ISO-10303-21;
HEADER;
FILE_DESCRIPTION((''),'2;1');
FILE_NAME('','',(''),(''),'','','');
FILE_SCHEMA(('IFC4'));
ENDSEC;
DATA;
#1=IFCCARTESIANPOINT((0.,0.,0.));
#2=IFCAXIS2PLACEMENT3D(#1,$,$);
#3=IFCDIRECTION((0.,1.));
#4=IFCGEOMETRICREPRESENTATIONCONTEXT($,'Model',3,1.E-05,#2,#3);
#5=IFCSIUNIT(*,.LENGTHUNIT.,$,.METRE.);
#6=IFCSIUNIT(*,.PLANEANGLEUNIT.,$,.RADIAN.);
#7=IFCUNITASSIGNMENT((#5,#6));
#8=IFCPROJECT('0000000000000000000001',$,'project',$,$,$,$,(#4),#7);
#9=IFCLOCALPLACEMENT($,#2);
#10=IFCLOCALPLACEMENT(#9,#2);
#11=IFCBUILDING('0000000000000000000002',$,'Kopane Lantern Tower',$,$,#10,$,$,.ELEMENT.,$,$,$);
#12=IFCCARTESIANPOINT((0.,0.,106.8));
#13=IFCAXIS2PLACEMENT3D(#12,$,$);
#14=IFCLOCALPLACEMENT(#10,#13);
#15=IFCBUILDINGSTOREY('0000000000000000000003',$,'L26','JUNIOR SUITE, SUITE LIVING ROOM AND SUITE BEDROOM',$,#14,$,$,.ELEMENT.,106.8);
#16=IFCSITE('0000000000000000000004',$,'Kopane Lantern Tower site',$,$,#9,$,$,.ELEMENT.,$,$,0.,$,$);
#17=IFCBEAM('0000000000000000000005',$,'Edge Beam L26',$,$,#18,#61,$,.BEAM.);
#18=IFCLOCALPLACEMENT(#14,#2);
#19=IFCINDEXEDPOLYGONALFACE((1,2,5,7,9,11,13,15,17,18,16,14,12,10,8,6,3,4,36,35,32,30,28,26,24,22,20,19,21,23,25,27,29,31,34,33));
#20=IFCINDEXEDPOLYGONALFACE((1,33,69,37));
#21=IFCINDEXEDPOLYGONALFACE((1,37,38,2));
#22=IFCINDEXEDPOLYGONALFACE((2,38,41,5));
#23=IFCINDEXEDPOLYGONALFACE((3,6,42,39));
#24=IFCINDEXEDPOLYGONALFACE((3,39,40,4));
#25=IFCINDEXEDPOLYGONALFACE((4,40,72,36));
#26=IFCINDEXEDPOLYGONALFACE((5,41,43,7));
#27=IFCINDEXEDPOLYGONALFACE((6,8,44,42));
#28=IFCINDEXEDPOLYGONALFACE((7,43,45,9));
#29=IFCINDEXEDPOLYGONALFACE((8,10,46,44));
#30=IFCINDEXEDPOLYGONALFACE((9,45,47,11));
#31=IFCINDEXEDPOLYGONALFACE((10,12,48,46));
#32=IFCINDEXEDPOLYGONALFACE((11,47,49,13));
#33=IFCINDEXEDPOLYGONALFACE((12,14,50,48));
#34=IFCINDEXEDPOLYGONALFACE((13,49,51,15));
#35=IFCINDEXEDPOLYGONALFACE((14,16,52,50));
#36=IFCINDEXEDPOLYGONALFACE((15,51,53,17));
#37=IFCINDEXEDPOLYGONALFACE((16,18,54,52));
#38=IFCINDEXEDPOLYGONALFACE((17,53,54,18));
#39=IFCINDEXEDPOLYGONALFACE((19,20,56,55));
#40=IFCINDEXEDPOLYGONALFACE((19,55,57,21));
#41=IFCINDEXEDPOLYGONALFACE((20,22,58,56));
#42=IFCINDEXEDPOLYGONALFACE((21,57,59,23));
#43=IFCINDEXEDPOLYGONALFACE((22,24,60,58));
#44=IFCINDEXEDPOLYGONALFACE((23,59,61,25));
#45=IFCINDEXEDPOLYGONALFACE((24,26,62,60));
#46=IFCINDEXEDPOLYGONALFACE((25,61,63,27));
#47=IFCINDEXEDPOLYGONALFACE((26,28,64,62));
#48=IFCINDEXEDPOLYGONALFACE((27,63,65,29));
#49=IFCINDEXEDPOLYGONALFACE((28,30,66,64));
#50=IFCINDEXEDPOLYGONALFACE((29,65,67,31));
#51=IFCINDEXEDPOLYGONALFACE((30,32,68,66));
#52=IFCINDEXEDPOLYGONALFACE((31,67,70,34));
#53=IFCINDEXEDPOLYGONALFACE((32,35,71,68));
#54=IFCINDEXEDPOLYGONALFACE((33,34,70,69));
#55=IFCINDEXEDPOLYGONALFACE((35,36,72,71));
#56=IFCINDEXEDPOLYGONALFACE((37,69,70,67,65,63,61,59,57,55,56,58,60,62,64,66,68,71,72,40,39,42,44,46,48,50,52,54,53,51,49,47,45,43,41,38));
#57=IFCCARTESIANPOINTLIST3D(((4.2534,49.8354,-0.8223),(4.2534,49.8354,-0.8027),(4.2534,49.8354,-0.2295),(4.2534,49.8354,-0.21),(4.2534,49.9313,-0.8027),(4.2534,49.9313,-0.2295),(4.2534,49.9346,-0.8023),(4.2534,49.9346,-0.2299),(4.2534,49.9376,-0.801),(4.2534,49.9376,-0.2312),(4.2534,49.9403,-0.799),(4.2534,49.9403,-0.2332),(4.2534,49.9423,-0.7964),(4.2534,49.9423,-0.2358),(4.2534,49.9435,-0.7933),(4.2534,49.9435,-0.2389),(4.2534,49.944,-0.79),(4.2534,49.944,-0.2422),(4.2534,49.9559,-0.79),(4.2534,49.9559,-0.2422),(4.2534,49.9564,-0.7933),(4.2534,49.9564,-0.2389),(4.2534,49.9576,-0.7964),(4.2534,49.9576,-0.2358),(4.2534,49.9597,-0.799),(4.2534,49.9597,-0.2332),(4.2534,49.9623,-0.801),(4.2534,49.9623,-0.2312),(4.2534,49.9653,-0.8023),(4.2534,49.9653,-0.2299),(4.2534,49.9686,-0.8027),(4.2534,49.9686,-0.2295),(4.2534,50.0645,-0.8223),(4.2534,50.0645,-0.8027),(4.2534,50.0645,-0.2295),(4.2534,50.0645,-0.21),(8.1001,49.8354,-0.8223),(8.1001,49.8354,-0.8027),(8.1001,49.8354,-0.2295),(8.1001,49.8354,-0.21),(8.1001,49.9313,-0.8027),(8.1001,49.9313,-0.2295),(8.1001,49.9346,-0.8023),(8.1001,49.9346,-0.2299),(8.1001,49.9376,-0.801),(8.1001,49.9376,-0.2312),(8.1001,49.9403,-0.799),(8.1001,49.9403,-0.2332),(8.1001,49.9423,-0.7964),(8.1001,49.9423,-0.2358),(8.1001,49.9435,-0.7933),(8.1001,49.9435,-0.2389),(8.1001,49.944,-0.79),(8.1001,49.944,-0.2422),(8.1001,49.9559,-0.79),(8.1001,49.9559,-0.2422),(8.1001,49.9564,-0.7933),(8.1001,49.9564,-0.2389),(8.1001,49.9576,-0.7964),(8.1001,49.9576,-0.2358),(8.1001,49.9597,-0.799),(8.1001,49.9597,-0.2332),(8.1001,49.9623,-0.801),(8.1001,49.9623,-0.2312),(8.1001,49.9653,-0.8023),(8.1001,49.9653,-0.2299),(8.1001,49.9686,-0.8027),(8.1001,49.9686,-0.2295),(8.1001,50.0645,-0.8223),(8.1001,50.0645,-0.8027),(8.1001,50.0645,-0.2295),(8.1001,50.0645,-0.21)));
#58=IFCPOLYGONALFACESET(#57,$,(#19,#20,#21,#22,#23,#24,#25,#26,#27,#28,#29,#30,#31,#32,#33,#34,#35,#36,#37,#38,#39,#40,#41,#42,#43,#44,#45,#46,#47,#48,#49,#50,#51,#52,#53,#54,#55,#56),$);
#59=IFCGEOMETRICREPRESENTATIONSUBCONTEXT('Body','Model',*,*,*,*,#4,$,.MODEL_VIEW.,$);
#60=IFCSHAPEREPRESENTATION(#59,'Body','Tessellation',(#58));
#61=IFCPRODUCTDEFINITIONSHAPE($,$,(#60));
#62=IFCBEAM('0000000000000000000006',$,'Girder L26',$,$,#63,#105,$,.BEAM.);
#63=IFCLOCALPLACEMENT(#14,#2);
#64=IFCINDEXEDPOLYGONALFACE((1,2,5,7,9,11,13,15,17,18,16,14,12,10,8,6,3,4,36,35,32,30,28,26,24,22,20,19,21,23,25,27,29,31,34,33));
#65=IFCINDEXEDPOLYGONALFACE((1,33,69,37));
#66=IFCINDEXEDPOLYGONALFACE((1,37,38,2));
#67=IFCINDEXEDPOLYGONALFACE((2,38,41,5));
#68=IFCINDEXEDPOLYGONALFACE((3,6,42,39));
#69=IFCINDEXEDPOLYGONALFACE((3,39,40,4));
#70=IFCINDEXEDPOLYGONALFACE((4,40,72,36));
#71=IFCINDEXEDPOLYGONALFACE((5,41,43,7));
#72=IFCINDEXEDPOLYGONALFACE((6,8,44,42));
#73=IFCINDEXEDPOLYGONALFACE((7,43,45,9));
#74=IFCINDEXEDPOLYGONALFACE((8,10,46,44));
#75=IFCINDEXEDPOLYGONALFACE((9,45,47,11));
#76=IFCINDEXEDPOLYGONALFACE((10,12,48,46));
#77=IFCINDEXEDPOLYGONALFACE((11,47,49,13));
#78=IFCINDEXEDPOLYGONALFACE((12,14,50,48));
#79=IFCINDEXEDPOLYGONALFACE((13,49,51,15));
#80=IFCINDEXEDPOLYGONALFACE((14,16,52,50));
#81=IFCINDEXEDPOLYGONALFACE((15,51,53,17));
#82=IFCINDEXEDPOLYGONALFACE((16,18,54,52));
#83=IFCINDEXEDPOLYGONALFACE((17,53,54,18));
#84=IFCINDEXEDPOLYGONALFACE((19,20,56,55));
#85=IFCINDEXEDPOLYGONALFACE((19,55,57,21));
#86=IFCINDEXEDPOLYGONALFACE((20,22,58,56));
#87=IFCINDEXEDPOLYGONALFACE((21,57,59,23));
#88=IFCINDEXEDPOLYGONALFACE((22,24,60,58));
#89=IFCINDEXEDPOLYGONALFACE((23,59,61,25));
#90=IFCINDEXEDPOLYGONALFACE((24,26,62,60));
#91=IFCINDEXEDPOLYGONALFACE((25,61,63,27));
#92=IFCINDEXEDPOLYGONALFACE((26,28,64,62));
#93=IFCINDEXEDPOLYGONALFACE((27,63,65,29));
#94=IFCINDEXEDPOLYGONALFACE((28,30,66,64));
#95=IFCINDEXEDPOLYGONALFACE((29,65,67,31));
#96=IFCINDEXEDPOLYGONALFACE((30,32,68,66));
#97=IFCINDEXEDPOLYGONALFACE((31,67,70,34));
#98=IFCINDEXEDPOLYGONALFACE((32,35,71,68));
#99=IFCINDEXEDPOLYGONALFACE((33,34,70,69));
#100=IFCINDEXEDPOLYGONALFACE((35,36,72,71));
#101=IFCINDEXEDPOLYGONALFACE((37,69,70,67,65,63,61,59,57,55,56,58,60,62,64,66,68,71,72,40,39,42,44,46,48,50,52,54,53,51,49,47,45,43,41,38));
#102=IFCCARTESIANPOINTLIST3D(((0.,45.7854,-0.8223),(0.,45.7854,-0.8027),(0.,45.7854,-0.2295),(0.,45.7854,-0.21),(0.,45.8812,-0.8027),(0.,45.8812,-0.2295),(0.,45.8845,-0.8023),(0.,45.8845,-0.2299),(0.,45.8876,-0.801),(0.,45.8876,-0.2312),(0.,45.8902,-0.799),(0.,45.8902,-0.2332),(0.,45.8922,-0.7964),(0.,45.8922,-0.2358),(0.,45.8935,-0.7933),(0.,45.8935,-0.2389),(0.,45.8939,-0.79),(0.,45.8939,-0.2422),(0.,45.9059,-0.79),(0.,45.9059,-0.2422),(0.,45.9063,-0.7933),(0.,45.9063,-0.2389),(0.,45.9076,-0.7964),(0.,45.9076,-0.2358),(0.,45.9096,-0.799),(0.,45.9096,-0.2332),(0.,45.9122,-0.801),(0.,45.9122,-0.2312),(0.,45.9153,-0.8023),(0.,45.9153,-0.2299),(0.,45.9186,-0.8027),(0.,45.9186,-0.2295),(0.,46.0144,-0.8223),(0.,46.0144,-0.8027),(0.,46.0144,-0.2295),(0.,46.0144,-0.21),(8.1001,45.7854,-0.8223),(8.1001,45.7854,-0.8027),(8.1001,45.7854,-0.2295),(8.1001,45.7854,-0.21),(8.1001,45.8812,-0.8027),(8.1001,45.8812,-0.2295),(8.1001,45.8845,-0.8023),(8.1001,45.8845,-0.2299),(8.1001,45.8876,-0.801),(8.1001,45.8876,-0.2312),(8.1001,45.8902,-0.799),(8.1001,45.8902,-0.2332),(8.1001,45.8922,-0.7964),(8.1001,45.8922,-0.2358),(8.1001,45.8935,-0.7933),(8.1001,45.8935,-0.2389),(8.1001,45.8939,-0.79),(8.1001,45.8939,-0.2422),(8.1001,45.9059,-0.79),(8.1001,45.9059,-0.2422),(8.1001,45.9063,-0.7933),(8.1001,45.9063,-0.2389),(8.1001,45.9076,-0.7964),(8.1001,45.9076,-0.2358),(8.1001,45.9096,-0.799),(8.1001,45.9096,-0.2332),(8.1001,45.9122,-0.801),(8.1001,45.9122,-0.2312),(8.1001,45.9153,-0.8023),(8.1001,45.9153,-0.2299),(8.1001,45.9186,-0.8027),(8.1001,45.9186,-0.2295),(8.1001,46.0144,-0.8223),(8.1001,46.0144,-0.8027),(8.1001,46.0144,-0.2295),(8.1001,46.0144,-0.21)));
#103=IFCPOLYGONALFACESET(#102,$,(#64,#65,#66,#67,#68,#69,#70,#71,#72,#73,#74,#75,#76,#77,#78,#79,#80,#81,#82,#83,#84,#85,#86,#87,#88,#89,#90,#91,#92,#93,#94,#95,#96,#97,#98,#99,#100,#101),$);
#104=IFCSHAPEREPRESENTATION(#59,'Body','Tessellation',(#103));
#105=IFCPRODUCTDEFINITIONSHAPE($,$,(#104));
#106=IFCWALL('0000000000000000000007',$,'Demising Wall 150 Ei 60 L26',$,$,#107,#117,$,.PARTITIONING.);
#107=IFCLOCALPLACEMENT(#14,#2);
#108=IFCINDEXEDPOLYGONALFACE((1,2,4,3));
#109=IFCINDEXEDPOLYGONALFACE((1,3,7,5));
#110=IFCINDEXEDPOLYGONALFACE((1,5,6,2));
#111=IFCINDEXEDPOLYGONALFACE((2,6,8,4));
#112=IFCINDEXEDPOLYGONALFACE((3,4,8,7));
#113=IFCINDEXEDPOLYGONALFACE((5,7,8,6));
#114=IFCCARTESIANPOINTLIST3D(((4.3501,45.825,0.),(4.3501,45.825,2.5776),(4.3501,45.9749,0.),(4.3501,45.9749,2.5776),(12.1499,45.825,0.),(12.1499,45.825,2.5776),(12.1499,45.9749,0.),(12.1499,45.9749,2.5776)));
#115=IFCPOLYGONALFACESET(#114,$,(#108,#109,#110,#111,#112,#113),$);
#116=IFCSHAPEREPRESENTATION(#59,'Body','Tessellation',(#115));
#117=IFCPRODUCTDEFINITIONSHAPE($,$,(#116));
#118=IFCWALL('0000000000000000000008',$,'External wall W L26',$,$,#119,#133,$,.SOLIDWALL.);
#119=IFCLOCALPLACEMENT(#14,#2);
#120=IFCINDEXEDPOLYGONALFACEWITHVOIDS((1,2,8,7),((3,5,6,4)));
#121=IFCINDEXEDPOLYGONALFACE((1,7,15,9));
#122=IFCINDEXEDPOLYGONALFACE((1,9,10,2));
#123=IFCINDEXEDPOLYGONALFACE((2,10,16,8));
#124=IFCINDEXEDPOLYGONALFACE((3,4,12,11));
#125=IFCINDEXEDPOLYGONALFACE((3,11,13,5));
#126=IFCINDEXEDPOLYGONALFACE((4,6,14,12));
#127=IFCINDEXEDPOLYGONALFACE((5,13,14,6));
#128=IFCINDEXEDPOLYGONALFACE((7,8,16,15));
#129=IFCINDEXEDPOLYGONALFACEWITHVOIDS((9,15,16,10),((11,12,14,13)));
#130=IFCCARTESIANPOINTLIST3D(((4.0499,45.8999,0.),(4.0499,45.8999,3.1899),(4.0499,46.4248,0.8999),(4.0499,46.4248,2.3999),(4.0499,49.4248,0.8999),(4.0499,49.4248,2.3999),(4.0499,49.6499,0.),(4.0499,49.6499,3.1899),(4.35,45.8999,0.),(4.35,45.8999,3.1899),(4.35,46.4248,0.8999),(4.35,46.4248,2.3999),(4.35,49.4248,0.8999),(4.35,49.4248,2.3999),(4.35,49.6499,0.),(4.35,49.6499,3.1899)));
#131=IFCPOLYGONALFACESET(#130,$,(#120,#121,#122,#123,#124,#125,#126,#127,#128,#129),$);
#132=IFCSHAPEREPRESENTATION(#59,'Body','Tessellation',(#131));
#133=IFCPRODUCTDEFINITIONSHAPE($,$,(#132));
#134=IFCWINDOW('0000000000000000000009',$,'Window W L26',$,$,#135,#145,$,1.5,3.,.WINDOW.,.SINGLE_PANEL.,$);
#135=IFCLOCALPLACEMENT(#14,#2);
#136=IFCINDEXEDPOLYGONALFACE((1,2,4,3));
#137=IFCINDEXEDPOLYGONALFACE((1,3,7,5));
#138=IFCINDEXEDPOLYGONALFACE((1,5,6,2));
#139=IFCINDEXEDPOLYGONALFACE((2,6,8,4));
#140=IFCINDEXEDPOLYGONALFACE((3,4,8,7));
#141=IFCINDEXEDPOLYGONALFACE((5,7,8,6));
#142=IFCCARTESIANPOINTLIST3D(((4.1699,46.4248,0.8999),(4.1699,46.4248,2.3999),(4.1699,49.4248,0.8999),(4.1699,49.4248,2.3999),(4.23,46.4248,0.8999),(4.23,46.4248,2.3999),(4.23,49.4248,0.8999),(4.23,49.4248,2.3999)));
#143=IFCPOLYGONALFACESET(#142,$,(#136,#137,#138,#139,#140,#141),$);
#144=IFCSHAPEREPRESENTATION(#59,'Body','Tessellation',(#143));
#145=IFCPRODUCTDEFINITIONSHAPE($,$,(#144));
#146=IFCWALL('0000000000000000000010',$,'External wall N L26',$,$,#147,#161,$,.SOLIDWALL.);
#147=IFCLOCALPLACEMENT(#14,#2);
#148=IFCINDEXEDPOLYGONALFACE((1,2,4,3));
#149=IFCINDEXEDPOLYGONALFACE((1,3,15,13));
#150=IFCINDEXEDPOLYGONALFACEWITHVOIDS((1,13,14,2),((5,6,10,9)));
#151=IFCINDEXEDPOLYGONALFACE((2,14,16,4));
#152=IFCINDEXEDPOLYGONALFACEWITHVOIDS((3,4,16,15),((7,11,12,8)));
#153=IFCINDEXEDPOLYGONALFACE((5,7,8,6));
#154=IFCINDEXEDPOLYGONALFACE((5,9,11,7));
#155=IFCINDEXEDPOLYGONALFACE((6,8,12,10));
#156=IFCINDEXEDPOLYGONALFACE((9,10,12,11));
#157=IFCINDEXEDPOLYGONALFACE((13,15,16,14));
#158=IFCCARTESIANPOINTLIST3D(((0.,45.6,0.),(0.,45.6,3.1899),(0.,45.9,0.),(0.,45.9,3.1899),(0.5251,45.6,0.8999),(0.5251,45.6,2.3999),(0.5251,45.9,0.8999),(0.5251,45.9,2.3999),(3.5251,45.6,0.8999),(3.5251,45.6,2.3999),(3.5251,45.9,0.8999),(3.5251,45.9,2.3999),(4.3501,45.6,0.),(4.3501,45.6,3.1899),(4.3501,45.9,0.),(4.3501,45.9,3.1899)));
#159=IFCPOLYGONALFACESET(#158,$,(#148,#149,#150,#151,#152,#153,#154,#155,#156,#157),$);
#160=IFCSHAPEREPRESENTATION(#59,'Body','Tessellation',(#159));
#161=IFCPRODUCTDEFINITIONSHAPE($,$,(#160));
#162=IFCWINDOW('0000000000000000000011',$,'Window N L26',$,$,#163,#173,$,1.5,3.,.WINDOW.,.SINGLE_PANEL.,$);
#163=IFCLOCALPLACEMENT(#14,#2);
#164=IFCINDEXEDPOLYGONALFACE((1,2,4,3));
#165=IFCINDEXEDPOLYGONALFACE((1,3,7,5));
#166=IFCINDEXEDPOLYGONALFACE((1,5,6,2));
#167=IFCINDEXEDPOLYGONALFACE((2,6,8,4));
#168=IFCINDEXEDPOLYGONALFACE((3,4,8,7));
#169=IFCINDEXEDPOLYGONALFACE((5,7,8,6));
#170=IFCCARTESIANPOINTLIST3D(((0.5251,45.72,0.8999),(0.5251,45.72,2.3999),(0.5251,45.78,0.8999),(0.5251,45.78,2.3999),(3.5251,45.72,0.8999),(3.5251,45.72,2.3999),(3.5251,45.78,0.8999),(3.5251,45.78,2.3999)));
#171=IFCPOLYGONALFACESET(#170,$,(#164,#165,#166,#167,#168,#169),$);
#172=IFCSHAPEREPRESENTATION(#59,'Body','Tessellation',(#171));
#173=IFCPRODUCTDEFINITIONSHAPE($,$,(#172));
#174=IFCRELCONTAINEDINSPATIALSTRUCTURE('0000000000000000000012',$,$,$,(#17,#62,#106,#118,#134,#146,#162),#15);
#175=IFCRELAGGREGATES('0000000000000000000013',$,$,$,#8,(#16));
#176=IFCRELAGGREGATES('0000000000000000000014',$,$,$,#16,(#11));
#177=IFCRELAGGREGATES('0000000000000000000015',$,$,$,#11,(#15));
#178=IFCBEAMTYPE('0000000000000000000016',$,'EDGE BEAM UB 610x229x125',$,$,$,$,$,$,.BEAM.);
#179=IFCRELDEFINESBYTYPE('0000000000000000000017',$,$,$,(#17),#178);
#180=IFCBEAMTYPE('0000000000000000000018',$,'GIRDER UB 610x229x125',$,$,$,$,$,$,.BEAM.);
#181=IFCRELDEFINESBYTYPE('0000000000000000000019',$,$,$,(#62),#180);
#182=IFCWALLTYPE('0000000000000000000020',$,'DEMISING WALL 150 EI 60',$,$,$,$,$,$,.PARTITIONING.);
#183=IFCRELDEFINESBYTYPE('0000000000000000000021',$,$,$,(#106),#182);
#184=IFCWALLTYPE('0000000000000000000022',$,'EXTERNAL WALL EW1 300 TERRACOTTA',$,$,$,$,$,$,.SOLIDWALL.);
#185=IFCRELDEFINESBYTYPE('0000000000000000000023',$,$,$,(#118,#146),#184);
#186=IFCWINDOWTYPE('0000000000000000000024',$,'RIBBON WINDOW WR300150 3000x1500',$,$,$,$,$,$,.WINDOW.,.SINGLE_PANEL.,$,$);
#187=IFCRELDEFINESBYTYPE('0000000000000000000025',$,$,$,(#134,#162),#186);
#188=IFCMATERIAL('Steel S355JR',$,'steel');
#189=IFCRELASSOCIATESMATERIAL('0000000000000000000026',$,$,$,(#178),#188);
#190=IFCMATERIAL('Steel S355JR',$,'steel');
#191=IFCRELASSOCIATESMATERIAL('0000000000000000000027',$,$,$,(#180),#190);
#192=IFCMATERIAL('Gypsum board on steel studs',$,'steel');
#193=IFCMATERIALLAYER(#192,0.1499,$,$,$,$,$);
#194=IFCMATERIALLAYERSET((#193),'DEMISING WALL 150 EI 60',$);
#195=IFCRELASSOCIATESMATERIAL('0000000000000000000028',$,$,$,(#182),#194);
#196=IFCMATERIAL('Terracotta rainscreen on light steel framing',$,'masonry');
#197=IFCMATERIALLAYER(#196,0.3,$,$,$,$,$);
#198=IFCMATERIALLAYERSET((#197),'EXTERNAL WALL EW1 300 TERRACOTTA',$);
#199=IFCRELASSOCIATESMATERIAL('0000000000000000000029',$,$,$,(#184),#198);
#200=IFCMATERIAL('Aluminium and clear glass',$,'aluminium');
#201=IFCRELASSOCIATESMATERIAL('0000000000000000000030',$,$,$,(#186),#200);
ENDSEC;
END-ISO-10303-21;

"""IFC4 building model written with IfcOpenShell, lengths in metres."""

from ifc_helpers import new_model, si_unit, direction, frame, frame_2d, origin, origin_2d, place, context, subcontext, project, spatial, rectangle, i_section, extrude, material, layer, layer_set, material_profile, profile_set, type_object, element, fill, save


model = new_model("IFC4")

# Units and contexts
model_context = context("Model", 3, precision=1e-05, world=origin(), true_north=direction((0.0, 1.0)))
body_context = subcontext(model_context, "Body", "Model", "MODEL_VIEW")
ifc_project = project(units=[si_unit("LENGTHUNIT", "METRE"), si_unit("PLANEANGLEUNIT", "RADIAN")], contexts=[model_context])

# Site, building, storey
site_placement = place(None, origin())
site = spatial("IfcSite", under=ifc_project, at=site_placement, Name="Kopane Lantern Tower site", CompositionType="ELEMENT", RefElevation=0.0)
building_placement = place(site_placement, origin())
building = spatial("IfcBuilding", under=site, at=building_placement, Name="Kopane Lantern Tower", CompositionType="ELEMENT")
storey_placement = place(building_placement, frame((0.0, 0.0, 106.8)))
storey = spatial("IfcBuildingStorey", under=building, at=storey_placement, Name="L26", Description="JUNIOR SUITE, SUITE LIVING ROOM AND SUITE BEDROOM", CompositionType="ELEMENT", Elevation=106.8)

# Beams
ifc_material_1 = material(Name="Steel S355JR", Category="steel")
ifc_material_profile_1 = material_profile(ifc_material_1, i_section(OverallWidth=0.229, OverallDepth=0.6123, WebThickness=0.012, FlangeThickness=0.0195, FilletRadius=0.0127, at=origin_2d()), Name="UB 610x229x125")
ifc_profile_set_1 = profile_set([ifc_material_profile_1], Name="Steel S355JR")
beam_type_1 = type_object("IfcBeamType", Name="EDGE BEAM UB 610x229x125", PredefinedType="BEAM", material=ifc_profile_set_1)
for number, where, z_axis, x_axis, name in (
    (1, (4.2534, 49.95, -0.5161), (1.0, 0.0, 0.0), (0.0, 1.0, 0.0), "Edge Beam L26"),
):
    element("IfcBeam", number, at=place(storey_placement, frame(where, z_axis=z_axis, x_axis=x_axis)), inside=storey, type_object=beam_type_1, Name=name, PredefinedType="BEAM", context=body_context, shape_type="SweptSolid", body=[
        extrude(i_section(OverallWidth=0.229, OverallDepth=0.6123, WebThickness=0.012, FlangeThickness=0.0195, FilletRadius=0.0127, at=origin_2d()), origin(), (0.0, 0.0, 1.0), 3.8467),
    ])
ifc_material_2 = material(Name="Steel S355JR", Category="steel")
ifc_material_profile_2 = material_profile(ifc_material_2, i_section(OverallWidth=0.229, OverallDepth=0.6123, WebThickness=0.012, FlangeThickness=0.0195, FilletRadius=0.0127, at=origin_2d()), Name="UB 610x229x125")
ifc_profile_set_2 = profile_set([ifc_material_profile_2], Name="Steel S355JR")
beam_type_2 = type_object("IfcBeamType", Name="GIRDER UB 610x229x125", PredefinedType="BEAM", material=ifc_profile_set_2)
beam_1_placement = place(storey_placement, frame((0.0, 45.8999, -0.5161), z_axis=(1.0, 0.0, 0.0), x_axis=(0.0, 1.0, 0.0)))
element("IfcBeam", 2, at=beam_1_placement, inside=storey, type_object=beam_type_2, Name="Girder L26", PredefinedType="BEAM", context=body_context, shape_type="SweptSolid", body=[
    extrude(i_section(OverallWidth=0.229, OverallDepth=0.6123, WebThickness=0.012, FlangeThickness=0.0195, FilletRadius=0.0127, at=origin_2d()), origin(), (0.0, 0.0, 1.0), 8.1001),
])

# Wall
ifc_material_3 = material(Name="Gypsum board on steel studs", Category="steel")
ifc_layer_1 = layer(ifc_material_3, 0.1499)
ifc_layer_set_1 = layer_set([ifc_layer_1], Name="DEMISING WALL 150 EI 60")
wall_type_1 = type_object("IfcWallType", Name="DEMISING WALL 150 EI 60", PredefinedType="PARTITIONING", material=ifc_layer_set_1)
wall_1_placement = place(storey_placement, frame((4.3501, 45.8999, 0.0), z_axis=(0.0, 0.0, 1.0), x_axis=(1.0, 0.0, 0.0)))
element("IfcWall", 3, at=wall_1_placement, inside=storey, type_object=wall_type_1, Name="Demising Wall 150 Ei 60 L26", PredefinedType="PARTITIONING", context=body_context, shape_type="SweptSolid", body=[
    extrude(rectangle(XDim=7.7998, YDim=0.1499, at=frame_2d((3.8999, 0.0))), origin(), (0.0, 0.0, 1.0), 2.5776),
])

# Walls, openings, windows
ifc_material_4 = material(Name="Terracotta rainscreen on light steel framing", Category="masonry")
ifc_layer_2 = layer(ifc_material_4, 0.3)
ifc_layer_set_2 = layer_set([ifc_layer_2], Name="EXTERNAL WALL EW1 300 TERRACOTTA")
wall_type_2 = type_object("IfcWallType", Name="EXTERNAL WALL EW1 300 TERRACOTTA", PredefinedType="SOLIDWALL", material=ifc_layer_set_2)
wall_2_placement = place(storey_placement, frame((4.2, 49.6499, 0.0), z_axis=(0.0, 0.0, 1.0), x_axis=(0.0, -1.0, 0.0)))
wall_2 = element("IfcWall", 4, at=wall_2_placement, inside=storey, type_object=wall_type_2, Name="External wall W L26", PredefinedType="SOLIDWALL", context=body_context, shape_type="SweptSolid", body=[
    extrude(rectangle(XDim=3.75, YDim=0.3, at=frame_2d((1.875, 0.0))), origin(), (0.0, 0.0, 1.0), 3.1899),
])
opening_1_placement = place(wall_2_placement, frame((0.2251, 0.0, 0.8999)))
opening_1 = element("IfcOpeningElement", 5, at=opening_1_placement, cuts=wall_2, PredefinedType="OPENING", context=body_context, shape_type="SweptSolid", body=[
    extrude(rectangle(XDim=3.0, YDim=1.5, at=frame_2d((1.5, 0.75))), frame((0.0, 0.1599, 0.0), z_axis=(0.0, -1.0, 0.0), x_axis=(1.0, 0.0, 0.0)), (0.0, 0.0, 1.0), 0.3201),
])
ifc_material_5 = material(Name="Aluminium and clear glass", Category="aluminium")
window_type_1 = type_object("IfcWindowType", Name="RIBBON WINDOW WR300150 3000x1500", PartitioningType="SINGLE_PANEL", PredefinedType="WINDOW", material=ifc_material_5)
window_1_placement = place(opening_1_placement, origin())
window_1 = element("IfcWindow", 6, at=window_1_placement, inside=storey, type_object=window_type_1, Name="Window W L26", OverallHeight=1.5, OverallWidth=3.0, PartitioningType="SINGLE_PANEL", PredefinedType="WINDOW", context=body_context, shape_type="SweptSolid", body=[
    extrude(rectangle(XDim=3.0, YDim=1.5, at=frame_2d((1.5, 0.75))), frame((0.0, 0.03, 0.0), z_axis=(0.0, -1.0, 0.0), x_axis=(1.0, 0.0, 0.0)), (0.0, 0.0, 1.0), 0.0601),
])
fill(opening_1, window_1)
wall_3_placement = place(storey_placement, frame((4.3501, 45.75, 0.0), z_axis=(0.0, 0.0, 1.0), x_axis=(-1.0, 0.0, 0.0)))
wall_3 = element("IfcWall", 7, at=wall_3_placement, inside=storey, type_object=wall_type_2, Name="External wall N L26", PredefinedType="SOLIDWALL", context=body_context, shape_type="SweptSolid", body=[
    extrude(rectangle(XDim=4.3501, YDim=0.3, at=frame_2d((2.175, 0.0))), origin(), (0.0, 0.0, 1.0), 3.1899),
])
opening_2_placement = place(wall_3_placement, frame((0.825, 0.0, 0.8999)))
opening_2 = element("IfcOpeningElement", 8, at=opening_2_placement, cuts=wall_3, PredefinedType="OPENING", context=body_context, shape_type="SweptSolid", body=[
    extrude(rectangle(XDim=3.0, YDim=1.5, at=frame_2d((1.5, 0.75))), frame((0.0, 0.1599, 0.0), z_axis=(0.0, -1.0, 0.0), x_axis=(1.0, 0.0, 0.0)), (0.0, 0.0, 1.0), 0.3201),
])
window_2_placement = place(opening_2_placement, origin())
window_2 = element("IfcWindow", 9, at=window_2_placement, inside=storey, type_object=window_type_1, Name="Window N L26", OverallHeight=1.5, OverallWidth=3.0, PartitioningType="SINGLE_PANEL", PredefinedType="WINDOW", context=body_context, shape_type="SweptSolid", body=[
    extrude(rectangle(XDim=3.0, YDim=1.5, at=frame_2d((1.5, 0.75))), frame((0.0, 0.03, 0.0), z_axis=(0.0, -1.0, 0.0), x_axis=(1.0, 0.0, 0.0)), (0.0, 0.0, 1.0), 0.0601),
])
fill(opening_2, window_2)

save(model, "model.ifc")
